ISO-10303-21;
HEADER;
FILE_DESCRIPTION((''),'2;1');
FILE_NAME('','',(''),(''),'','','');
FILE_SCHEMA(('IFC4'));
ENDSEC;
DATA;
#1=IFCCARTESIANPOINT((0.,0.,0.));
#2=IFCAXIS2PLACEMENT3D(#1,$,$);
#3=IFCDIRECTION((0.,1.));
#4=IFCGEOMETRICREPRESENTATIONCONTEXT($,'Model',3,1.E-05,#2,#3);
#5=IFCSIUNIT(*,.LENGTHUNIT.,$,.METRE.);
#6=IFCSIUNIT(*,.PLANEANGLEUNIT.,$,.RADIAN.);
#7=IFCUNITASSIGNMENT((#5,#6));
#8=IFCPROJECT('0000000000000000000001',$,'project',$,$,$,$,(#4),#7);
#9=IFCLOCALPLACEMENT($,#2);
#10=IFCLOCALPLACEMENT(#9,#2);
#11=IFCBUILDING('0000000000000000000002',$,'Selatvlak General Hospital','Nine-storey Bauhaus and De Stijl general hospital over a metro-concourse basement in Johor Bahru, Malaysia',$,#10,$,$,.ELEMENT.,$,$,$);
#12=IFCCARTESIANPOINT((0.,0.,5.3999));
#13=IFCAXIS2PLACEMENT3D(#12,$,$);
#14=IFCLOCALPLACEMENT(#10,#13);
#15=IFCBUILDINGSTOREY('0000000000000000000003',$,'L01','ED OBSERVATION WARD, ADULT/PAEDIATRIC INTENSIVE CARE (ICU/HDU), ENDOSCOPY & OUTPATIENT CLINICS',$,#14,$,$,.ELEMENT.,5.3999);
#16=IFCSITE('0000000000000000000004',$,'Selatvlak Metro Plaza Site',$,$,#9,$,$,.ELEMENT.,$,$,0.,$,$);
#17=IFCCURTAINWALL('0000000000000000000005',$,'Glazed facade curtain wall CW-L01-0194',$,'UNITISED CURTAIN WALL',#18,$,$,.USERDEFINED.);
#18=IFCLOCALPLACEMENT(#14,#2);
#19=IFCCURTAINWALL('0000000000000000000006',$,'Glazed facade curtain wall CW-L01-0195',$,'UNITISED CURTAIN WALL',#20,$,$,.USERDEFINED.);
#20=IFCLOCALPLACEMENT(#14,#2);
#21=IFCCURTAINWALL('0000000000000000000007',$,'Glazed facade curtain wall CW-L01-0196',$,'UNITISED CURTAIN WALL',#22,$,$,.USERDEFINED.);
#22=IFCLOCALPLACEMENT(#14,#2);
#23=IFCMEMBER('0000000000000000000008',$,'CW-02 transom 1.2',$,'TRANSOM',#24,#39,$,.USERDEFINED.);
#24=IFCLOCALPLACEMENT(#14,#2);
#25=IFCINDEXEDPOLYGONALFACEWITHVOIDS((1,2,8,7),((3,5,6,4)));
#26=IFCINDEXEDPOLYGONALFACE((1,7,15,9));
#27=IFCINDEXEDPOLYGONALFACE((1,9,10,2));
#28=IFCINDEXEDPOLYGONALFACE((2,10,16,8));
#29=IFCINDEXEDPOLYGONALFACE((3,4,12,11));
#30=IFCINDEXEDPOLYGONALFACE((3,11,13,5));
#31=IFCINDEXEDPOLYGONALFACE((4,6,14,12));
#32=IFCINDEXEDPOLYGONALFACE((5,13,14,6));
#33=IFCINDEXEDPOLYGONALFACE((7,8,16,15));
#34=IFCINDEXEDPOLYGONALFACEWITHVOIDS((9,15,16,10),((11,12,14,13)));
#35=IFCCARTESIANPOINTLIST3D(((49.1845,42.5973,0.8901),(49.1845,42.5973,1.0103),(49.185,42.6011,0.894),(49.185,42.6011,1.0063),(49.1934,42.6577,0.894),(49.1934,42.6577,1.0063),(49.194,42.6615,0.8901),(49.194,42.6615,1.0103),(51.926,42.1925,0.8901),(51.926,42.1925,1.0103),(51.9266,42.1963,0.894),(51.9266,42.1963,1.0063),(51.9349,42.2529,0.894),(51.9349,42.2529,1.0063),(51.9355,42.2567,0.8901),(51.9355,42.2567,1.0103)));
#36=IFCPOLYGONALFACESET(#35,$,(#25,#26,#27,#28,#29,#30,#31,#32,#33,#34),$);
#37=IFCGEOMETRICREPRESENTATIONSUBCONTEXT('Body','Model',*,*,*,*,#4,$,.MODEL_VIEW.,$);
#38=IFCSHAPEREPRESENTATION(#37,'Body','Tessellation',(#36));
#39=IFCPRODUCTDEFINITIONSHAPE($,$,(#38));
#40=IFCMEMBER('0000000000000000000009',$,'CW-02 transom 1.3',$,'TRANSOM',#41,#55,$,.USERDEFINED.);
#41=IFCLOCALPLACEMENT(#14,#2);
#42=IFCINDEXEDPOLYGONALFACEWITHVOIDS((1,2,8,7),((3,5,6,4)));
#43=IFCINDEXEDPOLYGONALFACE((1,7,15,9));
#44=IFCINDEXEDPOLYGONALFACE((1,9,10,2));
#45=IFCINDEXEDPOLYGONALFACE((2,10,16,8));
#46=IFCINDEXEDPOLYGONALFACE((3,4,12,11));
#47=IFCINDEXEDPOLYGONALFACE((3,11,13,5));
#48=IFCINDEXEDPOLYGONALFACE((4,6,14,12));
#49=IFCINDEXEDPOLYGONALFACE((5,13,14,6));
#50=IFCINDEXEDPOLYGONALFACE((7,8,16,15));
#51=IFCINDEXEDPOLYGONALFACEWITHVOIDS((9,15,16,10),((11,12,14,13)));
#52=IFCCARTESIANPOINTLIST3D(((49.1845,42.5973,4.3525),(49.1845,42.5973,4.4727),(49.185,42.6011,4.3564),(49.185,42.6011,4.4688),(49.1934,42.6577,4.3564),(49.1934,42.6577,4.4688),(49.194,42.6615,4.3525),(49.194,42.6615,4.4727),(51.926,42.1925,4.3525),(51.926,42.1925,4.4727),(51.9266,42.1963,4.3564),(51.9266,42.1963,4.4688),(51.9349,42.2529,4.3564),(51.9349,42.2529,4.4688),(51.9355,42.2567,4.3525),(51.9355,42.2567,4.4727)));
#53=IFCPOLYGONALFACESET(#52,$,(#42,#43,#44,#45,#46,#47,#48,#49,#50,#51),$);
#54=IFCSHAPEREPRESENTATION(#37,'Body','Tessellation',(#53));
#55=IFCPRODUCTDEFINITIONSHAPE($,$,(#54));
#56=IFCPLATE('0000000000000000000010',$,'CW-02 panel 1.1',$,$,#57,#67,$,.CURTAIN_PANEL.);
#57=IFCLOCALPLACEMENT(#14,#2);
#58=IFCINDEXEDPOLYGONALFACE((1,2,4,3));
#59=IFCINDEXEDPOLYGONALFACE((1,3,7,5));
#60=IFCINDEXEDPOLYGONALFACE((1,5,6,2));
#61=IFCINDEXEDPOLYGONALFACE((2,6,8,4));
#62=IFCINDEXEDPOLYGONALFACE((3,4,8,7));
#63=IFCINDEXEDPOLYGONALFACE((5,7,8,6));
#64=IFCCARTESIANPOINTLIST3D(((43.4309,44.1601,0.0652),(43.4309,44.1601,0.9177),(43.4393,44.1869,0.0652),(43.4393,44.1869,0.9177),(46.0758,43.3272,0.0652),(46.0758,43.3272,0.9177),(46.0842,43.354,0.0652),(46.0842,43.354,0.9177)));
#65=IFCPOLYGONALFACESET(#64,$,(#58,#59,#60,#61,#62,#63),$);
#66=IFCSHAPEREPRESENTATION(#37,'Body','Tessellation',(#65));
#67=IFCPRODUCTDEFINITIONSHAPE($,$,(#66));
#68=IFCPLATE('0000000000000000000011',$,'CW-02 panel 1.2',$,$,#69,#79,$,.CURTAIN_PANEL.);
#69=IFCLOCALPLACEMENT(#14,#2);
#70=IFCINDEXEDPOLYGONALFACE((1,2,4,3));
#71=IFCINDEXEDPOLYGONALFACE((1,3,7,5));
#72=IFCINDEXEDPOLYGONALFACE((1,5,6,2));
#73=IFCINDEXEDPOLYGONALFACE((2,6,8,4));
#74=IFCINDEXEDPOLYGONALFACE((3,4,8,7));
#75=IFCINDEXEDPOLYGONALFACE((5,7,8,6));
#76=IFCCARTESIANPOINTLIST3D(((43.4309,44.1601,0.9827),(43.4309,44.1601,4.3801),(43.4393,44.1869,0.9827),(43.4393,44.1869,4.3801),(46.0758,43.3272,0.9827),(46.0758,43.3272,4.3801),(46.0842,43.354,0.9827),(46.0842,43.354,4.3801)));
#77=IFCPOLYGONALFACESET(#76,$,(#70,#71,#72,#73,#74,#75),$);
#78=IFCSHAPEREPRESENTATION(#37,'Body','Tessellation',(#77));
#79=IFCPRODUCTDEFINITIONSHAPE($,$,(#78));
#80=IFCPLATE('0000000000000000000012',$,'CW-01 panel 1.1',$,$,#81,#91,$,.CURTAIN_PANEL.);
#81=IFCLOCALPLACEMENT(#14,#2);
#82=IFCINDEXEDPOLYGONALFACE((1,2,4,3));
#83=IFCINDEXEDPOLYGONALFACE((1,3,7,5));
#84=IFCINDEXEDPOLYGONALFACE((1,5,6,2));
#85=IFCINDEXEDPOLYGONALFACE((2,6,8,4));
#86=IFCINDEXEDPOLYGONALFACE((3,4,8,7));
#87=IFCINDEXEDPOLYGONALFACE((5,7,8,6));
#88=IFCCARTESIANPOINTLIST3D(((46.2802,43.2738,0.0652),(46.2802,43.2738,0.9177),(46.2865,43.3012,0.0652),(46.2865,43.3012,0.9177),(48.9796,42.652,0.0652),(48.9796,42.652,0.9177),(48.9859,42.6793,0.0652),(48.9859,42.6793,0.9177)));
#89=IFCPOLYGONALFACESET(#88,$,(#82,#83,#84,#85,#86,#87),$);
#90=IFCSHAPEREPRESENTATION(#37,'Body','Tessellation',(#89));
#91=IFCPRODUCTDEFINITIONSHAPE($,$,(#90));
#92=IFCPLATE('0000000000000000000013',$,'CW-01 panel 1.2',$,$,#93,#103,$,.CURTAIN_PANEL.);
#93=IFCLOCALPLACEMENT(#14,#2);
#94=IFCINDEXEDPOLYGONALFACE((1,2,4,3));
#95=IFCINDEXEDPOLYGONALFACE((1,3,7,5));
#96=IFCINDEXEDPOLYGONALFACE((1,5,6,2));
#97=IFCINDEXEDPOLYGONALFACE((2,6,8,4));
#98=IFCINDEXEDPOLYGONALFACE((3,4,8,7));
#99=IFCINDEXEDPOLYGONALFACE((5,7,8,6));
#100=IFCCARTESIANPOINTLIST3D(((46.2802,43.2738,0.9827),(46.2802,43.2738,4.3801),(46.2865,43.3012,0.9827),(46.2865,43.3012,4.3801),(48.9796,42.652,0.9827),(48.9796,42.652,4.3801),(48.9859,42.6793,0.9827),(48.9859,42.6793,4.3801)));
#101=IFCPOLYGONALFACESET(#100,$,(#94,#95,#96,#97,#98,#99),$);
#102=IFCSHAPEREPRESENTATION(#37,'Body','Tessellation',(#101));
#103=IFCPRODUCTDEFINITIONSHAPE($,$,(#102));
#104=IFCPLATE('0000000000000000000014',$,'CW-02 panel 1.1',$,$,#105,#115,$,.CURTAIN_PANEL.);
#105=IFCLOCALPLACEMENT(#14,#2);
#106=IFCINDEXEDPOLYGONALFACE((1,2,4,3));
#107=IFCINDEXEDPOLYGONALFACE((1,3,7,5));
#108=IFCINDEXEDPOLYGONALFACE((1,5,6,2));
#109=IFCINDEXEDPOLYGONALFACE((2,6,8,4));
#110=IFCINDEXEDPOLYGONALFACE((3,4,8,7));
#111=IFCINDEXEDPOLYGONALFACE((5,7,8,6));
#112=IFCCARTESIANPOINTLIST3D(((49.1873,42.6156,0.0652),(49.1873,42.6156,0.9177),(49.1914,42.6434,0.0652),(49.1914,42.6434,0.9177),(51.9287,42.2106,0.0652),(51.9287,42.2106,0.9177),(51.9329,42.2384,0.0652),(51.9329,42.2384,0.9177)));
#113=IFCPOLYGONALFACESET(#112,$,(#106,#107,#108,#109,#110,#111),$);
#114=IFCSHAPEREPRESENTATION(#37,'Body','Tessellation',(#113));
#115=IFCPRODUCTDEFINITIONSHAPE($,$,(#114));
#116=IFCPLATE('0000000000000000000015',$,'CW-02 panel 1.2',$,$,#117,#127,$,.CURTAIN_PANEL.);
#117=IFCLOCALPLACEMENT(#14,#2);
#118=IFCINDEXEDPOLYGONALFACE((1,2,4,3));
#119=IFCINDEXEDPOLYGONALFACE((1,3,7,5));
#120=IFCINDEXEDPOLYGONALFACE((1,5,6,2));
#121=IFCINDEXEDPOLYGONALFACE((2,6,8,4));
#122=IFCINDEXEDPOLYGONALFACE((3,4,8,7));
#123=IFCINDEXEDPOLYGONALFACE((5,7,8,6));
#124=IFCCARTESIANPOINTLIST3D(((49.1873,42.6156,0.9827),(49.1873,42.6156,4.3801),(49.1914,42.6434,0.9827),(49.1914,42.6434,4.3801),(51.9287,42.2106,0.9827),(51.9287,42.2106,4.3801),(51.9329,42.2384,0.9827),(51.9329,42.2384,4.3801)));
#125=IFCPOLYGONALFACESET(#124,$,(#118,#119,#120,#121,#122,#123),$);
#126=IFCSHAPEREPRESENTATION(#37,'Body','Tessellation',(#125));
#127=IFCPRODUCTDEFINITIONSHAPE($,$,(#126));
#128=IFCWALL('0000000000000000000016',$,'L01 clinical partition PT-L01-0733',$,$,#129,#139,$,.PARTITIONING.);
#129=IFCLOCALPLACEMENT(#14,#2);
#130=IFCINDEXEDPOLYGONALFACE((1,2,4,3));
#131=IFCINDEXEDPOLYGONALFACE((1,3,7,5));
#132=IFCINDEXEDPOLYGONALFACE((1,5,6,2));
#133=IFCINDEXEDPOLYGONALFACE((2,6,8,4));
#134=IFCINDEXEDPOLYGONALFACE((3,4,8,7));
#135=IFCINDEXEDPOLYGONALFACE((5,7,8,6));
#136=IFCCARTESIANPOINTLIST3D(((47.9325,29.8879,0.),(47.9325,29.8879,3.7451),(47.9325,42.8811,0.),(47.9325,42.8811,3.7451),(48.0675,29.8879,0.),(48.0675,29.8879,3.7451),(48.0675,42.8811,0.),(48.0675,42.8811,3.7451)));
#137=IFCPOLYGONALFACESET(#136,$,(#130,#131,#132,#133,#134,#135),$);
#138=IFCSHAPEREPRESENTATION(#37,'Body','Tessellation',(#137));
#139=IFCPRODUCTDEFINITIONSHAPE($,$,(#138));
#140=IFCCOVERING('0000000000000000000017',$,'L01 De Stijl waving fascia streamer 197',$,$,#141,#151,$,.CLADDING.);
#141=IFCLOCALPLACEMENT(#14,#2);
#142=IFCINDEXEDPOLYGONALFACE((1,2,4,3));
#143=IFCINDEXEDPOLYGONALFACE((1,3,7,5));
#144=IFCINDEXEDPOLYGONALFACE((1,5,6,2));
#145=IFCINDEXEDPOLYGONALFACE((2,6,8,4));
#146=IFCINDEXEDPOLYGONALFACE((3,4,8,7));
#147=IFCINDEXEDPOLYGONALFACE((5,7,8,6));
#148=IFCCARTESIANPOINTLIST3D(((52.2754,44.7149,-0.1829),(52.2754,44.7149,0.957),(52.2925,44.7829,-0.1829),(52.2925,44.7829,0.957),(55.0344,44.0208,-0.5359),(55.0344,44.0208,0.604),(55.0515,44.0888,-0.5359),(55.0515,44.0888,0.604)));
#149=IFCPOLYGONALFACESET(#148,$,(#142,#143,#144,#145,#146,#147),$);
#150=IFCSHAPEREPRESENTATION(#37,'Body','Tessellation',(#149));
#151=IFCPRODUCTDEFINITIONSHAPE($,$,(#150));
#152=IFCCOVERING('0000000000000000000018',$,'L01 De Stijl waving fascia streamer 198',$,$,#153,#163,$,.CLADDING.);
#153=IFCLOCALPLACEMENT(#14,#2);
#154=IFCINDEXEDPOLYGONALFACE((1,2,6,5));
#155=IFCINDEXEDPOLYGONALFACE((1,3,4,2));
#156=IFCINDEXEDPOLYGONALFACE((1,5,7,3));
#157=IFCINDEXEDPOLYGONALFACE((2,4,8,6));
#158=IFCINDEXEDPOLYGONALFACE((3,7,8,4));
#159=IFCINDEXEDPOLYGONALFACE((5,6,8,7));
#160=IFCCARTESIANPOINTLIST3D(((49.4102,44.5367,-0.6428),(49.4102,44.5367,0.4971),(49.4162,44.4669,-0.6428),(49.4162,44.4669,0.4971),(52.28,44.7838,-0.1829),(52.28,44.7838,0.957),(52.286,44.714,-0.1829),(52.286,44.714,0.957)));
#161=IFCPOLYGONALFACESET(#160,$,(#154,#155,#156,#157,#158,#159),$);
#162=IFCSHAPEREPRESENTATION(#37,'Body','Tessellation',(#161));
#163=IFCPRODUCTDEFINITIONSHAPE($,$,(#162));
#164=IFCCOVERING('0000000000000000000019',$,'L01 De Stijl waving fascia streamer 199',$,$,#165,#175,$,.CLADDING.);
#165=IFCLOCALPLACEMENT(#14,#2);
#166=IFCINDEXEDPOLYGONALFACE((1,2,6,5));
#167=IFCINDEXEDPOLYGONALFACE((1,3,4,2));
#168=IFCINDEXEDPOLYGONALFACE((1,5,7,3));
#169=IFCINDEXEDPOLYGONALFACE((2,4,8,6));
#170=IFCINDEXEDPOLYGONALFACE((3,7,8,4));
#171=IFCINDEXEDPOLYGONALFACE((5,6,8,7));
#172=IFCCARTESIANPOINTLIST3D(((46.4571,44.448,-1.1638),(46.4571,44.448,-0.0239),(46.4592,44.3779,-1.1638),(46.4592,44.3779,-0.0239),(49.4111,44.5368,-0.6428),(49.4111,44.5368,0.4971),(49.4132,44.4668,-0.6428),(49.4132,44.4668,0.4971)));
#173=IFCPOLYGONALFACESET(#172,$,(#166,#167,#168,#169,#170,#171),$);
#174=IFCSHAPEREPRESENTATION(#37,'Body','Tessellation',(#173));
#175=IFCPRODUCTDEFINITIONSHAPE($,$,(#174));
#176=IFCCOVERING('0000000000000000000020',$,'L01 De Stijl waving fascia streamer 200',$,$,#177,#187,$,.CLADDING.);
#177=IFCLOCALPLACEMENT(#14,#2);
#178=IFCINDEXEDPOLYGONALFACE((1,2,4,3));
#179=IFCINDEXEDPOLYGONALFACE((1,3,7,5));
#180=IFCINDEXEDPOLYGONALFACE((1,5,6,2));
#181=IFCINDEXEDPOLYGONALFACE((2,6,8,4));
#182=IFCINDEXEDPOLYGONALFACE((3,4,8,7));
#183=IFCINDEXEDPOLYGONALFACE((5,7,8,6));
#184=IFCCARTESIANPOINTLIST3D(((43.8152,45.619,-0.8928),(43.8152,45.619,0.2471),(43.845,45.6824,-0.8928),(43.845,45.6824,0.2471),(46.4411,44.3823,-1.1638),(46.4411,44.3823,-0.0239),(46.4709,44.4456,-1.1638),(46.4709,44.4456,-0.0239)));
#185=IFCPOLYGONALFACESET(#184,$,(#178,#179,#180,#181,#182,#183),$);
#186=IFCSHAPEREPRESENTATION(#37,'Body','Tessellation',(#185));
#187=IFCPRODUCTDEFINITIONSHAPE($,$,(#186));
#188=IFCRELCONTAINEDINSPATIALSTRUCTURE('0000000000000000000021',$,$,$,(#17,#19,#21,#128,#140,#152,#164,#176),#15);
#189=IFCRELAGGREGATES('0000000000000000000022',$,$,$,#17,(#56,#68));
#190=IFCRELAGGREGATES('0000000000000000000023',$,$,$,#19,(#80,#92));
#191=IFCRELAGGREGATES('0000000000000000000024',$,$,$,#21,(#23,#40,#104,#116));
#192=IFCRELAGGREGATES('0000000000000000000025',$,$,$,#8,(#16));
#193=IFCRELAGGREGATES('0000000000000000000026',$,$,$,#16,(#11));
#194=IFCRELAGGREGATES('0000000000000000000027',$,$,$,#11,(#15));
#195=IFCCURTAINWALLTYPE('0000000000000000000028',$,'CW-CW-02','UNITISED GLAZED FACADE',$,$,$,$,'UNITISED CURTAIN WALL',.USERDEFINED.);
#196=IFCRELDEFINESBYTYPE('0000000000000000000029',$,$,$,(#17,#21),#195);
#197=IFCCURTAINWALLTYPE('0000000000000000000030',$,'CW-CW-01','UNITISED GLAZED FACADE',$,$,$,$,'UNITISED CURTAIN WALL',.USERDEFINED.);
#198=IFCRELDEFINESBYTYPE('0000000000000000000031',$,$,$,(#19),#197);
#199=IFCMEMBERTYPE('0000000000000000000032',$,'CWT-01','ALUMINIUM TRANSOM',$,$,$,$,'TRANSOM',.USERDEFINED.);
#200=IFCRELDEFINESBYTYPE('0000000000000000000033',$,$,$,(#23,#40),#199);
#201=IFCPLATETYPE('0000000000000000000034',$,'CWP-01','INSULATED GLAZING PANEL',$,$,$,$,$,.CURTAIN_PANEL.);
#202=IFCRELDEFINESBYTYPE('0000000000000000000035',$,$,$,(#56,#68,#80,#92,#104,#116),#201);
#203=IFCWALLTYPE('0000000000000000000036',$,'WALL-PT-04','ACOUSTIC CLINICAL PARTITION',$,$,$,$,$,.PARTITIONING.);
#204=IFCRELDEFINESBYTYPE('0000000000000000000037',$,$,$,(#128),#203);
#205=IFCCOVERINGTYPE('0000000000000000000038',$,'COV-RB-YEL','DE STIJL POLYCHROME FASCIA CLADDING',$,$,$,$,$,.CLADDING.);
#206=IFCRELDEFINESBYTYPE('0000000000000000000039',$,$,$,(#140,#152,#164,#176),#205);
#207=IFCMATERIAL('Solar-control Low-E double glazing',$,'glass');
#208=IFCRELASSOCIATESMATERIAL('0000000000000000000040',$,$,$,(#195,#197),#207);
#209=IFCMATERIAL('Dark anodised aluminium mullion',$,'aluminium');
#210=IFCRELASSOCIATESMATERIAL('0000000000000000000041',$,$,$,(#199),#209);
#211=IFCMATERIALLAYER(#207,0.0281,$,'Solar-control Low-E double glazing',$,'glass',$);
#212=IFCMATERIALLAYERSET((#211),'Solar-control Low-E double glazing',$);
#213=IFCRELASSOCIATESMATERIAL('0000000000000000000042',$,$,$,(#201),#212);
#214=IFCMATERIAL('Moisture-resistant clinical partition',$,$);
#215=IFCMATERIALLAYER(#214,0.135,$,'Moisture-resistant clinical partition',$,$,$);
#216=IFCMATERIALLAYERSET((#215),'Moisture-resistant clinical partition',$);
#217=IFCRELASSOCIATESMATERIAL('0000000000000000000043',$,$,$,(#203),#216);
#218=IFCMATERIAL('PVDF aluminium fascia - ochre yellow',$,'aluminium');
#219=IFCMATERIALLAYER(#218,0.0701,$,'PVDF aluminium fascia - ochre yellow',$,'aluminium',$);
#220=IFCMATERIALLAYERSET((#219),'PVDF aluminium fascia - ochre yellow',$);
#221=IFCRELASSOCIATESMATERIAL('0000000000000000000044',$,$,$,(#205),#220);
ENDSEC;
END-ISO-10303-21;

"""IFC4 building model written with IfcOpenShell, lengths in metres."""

from ifc_helpers import new_model, si_unit, direction, frame, frame_2d, origin, origin_2d, place, context, subcontext, project, spatial, polyline, rectangle, hollow_rectangle, outline, extrude, material, layer, layer_set, material_profile, profile_set, type_object, element, aggregate, save


model = new_model("IFC4")

# Units and contexts
model_context = context("Model", 3, precision=1e-05, world=origin(), true_north=direction((0.0, 1.0)))
body_context = subcontext(model_context, "Body", "Model", "MODEL_VIEW")
ifc_project = project(units=[si_unit("LENGTHUNIT", "METRE"), si_unit("PLANEANGLEUNIT", "RADIAN")], contexts=[model_context])

# Site, building, storey
site_placement = place(None, origin())
site = spatial("IfcSite", under=ifc_project, at=site_placement, Name="Selatvlak Metro Plaza Site", CompositionType="ELEMENT", RefElevation=0.0)
building_placement = place(site_placement, origin())
building = spatial("IfcBuilding", under=site, at=building_placement, Name="Selatvlak General Hospital", Description="Nine-storey Bauhaus and De Stijl general hospital over a metro-concourse basement in Johor Bahru, Malaysia", CompositionType="ELEMENT")
storey_placement = place(building_placement, frame((0.0, 0.0, 5.3999)))
storey = spatial("IfcBuildingStorey", under=building, at=storey_placement, Name="L01", Description="ED OBSERVATION WARD, ADULT/PAEDIATRIC INTENSIVE CARE (ICU/HDU), ENDOSCOPY & OUTPATIENT CLINICS", CompositionType="ELEMENT", Elevation=5.3999)

# Curtain wall
ifc_material_1 = material(Name="Solar-control Low-E double glazing", Category="glass")
curtain_wall_type_1 = type_object("IfcCurtainWallType", Name="CW-CW-02", Description="UNITISED GLAZED FACADE", ElementType="UNITISED CURTAIN WALL", PredefinedType="USERDEFINED", material=ifc_material_1)
curtain_wall_1_placement = place(storey_placement, origin())
curtain_wall_1 = element("IfcCurtainWall", 1, at=curtain_wall_1_placement, inside=storey, type_object=curtain_wall_type_1, Name="Glazed facade curtain wall CW-L01-0194", ObjectType="UNITISED CURTAIN WALL", PredefinedType="USERDEFINED")
ifc_material_2 = material(Name="Dark anodised aluminium mullion", Category="aluminium")

# Curtain wall
curtain_wall_type_2 = type_object("IfcCurtainWallType", Name="CW-CW-01", Description="UNITISED GLAZED FACADE", ElementType="UNITISED CURTAIN WALL", PredefinedType="USERDEFINED", material=ifc_material_1)
curtain_wall_2_placement = place(storey_placement, origin())
curtain_wall_2 = element("IfcCurtainWall", 2, at=curtain_wall_2_placement, inside=storey, type_object=curtain_wall_type_2, Name="Glazed facade curtain wall CW-L01-0195", ObjectType="UNITISED CURTAIN WALL", PredefinedType="USERDEFINED")

# Curtain wall
curtain_wall_3_placement = place(storey_placement, origin())
curtain_wall_3 = element("IfcCurtainWall", 3, at=curtain_wall_3_placement, inside=storey, type_object=curtain_wall_type_1, Name="Glazed facade curtain wall CW-L01-0196", ObjectType="UNITISED CURTAIN WALL", PredefinedType="USERDEFINED")

# Members
ifc_material_profile_1 = material_profile(ifc_material_2, hollow_rectangle(XDim=0.0649, YDim=0.1201, WallThickness=0.0039, at=origin_2d()), Name="AL-TRN 65x120x4")
ifc_profile_set_1 = profile_set([ifc_material_profile_1], Name="Dark anodised aluminium mullion")
member_type_1 = type_object("IfcMemberType", Name="CWT-01", Description="ALUMINIUM TRANSOM", ElementType="TRANSOM", PredefinedType="USERDEFINED", material=ifc_profile_set_1)
member_1_placement = place(storey_placement, frame((49.1892, 42.6294, 0.9502), z_axis=(0.989274, -0.14607, 0.0), x_axis=(0.14607, 0.989274, 0.0)))
member_1 = element("IfcMember", 4, at=member_1_placement, type_object=member_type_1, Name="CW-02 transom 1.2", ObjectType="TRANSOM", PredefinedType="USERDEFINED", context=body_context, shape_type="SweptSolid", body=[
    extrude(hollow_rectangle(XDim=0.0649, YDim=0.1201, WallThickness=0.0039, at=origin_2d()), origin(), (0.0, 0.0, 1.0), 2.7712),
])
member_2_placement = place(storey_placement, frame((49.1892, 42.6294, 4.4126), z_axis=(0.989274, -0.14607, 0.0), x_axis=(0.14607, 0.989274, 0.0)))
member_2 = element("IfcMember", 5, at=member_2_placement, type_object=member_type_1, Name="CW-02 transom 1.3", ObjectType="TRANSOM", PredefinedType="USERDEFINED", context=body_context, shape_type="SweptSolid", body=[
    extrude(hollow_rectangle(XDim=0.0649, YDim=0.1201, WallThickness=0.0039, at=origin_2d()), origin(), (0.0, 0.0, 1.0), 2.7712),
])

# Plates
ifc_layer_1 = layer(ifc_material_1, 0.0281, Name="Solar-control Low-E double glazing", Category="glass")
ifc_layer_set_1 = layer_set([ifc_layer_1], Name="Solar-control Low-E double glazing")
plate_type = type_object("IfcPlateType", Name="CWP-01", Description="INSULATED GLAZING PANEL", PredefinedType="CURTAIN_PANEL", material=ifc_layer_set_1)
plate_1_placement = place(storey_placement, frame((44.7576, 43.7571, 0.0652), z_axis=(0.0, 0.0, 1.0), x_axis=(0.953822, -0.300373, 0.0)))
plate_1 = element("IfcPlate", 6, at=plate_1_placement, type_object=plate_type, Name="CW-02 panel 1.1", PredefinedType="CURTAIN_PANEL", context=body_context, shape_type="SweptSolid", body=[
    extrude(rectangle(XDim=2.7729, YDim=0.0281, at=origin_2d()), origin(), (0.0, 0.0, 1.0), 0.8525),
])
plate_2_placement = place(storey_placement, frame((44.7576, 43.7571, 0.9827), z_axis=(0.0, 0.0, 1.0), x_axis=(0.953822, -0.300373, 0.0)))
plate_2 = element("IfcPlate", 7, at=plate_2_placement, type_object=plate_type, Name="CW-02 panel 1.2", PredefinedType="CURTAIN_PANEL", context=body_context, shape_type="SweptSolid", body=[
    extrude(rectangle(XDim=2.7729, YDim=0.0281, at=origin_2d()), origin(), (0.0, 0.0, 1.0), 3.3975),
])
aggregate(curtain_wall_1, [plate_1, plate_2])
plate_3_placement = place(storey_placement, frame((47.6331, 42.9766, 0.0652), z_axis=(0.0, 0.0, 1.0), x_axis=(0.974478, -0.224482, 0.0)))
plate_3 = element("IfcPlate", 8, at=plate_3_placement, type_object=plate_type, Name="CW-01 panel 1.1", PredefinedType="CURTAIN_PANEL", context=body_context, shape_type="SweptSolid", body=[
    extrude(rectangle(XDim=2.77, YDim=0.0281, at=origin_2d()), origin(), (0.0, 0.0, 1.0), 0.8525),
])
plate_4_placement = place(storey_placement, frame((47.6331, 42.9766, 0.9827), z_axis=(0.0, 0.0, 1.0), x_axis=(0.974478, -0.224482, 0.0)))
plate_4 = element("IfcPlate", 9, at=plate_4_placement, type_object=plate_type, Name="CW-01 panel 1.2", PredefinedType="CURTAIN_PANEL", context=body_context, shape_type="SweptSolid", body=[
    extrude(rectangle(XDim=2.77, YDim=0.0281, at=origin_2d()), origin(), (0.0, 0.0, 1.0), 3.3975),
])
aggregate(curtain_wall_2, [plate_3, plate_4])
plate_5_placement = place(storey_placement, frame((50.5601, 42.427, 0.0652), z_axis=(0.0, 0.0, 1.0), x_axis=(0.989263, -0.146149, 0.0)))
plate_5 = element("IfcPlate", 10, at=plate_5_placement, type_object=plate_type, Name="CW-02 panel 1.1", PredefinedType="CURTAIN_PANEL", context=body_context, shape_type="SweptSolid", body=[
    extrude(rectangle(XDim=2.7712, YDim=0.0281, at=origin_2d()), origin(), (0.0, 0.0, 1.0), 0.8525),
])
plate_6_placement = place(storey_placement, frame((50.5601, 42.427, 0.9827), z_axis=(0.0, 0.0, 1.0), x_axis=(0.989263, -0.146149, 0.0)))
plate_6 = element("IfcPlate", 11, at=plate_6_placement, type_object=plate_type, Name="CW-02 panel 1.2", PredefinedType="CURTAIN_PANEL", context=body_context, shape_type="SweptSolid", body=[
    extrude(rectangle(XDim=2.7712, YDim=0.0281, at=origin_2d()), origin(), (0.0, 0.0, 1.0), 3.3975),
])
aggregate(curtain_wall_3, [member_1, member_2, plate_5, plate_6])

# Wall
ifc_material_3 = material(Name="Moisture-resistant clinical partition")
ifc_layer_2 = layer(ifc_material_3, 0.135, Name="Moisture-resistant clinical partition")
ifc_layer_set_2 = layer_set([ifc_layer_2], Name="Moisture-resistant clinical partition")
wall_type = type_object("IfcWallType", Name="WALL-PT-04", Description="ACOUSTIC CLINICAL PARTITION", PredefinedType="PARTITIONING", material=ifc_layer_set_2)
wall_placement = place(storey_placement, frame((48.0, 42.8811, 0.0), z_axis=(0.0, 0.0, 1.0), x_axis=(0.0, -1.0, 0.0)))
element("IfcWall", 12, at=wall_placement, inside=storey, type_object=wall_type, Name="L01 clinical partition PT-L01-0733", PredefinedType="PARTITIONING", context=body_context, shape_type="SweptSolid", body=[
    extrude(rectangle(XDim=12.9932, YDim=0.135, at=frame_2d((6.4966, 0.0))), origin(), (0.0, 0.0, 1.0), 3.7451),
])

# Coverings
ifc_material_4 = material(Name="PVDF aluminium fascia - ochre yellow", Category="aluminium")
ifc_layer_3 = layer(ifc_material_4, 0.0701, Name="PVDF aluminium fascia - ochre yellow", Category="aluminium")
ifc_layer_set_3 = layer_set([ifc_layer_3], Name="PVDF aluminium fascia - ochre yellow")
covering_type = type_object("IfcCoveringType", Name="COV-RB-YEL", Description="DE STIJL POLYCHROME FASCIA CLADDING", PredefinedType="CLADDING", material=ifc_layer_set_3)
covering_1_placement = place(storey_placement, frame((55.043, 44.0549, -0.5359), z_axis=(0.0, 0.0, 1.0), x_axis=(-0.969783, 0.243969, 0.0)))
element("IfcCovering", 13, at=covering_1_placement, inside=storey, type_object=covering_type, Name="L01 De Stijl waving fascia streamer 197", PredefinedType="CLADDING", context=body_context, shape_type="SweptSolid", body=[
    extrude(outline(polyline([(0.0, 0.0), (2.845, 0.353), (2.845, 1.4929), (0.0, 1.1399), (0.0, 0.0)])), frame((0.0, 0.0352, 0.0), z_axis=(0.0, -1.0, 0.0), x_axis=(1.0, 0.0, 0.0)), (0.0, 0.0, 1.0), 0.0701),
])
covering_2_placement = place(storey_placement, frame((52.283, 44.749, -0.1829), z_axis=(0.0, 0.0, 1.0), x_axis=(-0.996315, -0.085774, 0.0)))
element("IfcCovering", 14, at=covering_2_placement, inside=storey, type_object=covering_type, Name="L01 De Stijl waving fascia streamer 198", PredefinedType="CLADDING", context=body_context, shape_type="SweptSolid", body=[
    extrude(outline(polyline([(0.0, 0.0), (2.8804, -0.46), (2.8804, 0.6799), (0.0, 1.1399), (0.0, 0.0)])), frame((0.0, 0.0352, 0.0), z_axis=(0.0, -1.0, 0.0), x_axis=(1.0, 0.0, 0.0)), (0.0, 0.0, 1.0), 0.0701),
])
covering_3_placement = place(storey_placement, frame((49.4121, 44.502, -0.6428), z_axis=(0.0, 0.0, 1.0), x_axis=(-0.999548, -0.030069, 0.0)))
element("IfcCovering", 15, at=covering_3_placement, inside=storey, type_object=covering_type, Name="L01 De Stijl waving fascia streamer 199", PredefinedType="CLADDING", context=body_context, shape_type="SweptSolid", body=[
    extrude(outline(polyline([(0.0, 0.0), (2.9553, -0.521), (2.9553, 0.6189), (0.0, 1.1399), (0.0, 0.0)])), frame((0.0, 0.0352, 0.0), z_axis=(0.0, -1.0, 0.0), x_axis=(1.0, 0.0, 0.0)), (0.0, 0.0, 1.0), 0.0701),
])
covering_4_placement = place(storey_placement, frame((46.4561, 44.4141, -1.1638), z_axis=(0.0, 0.0, 1.0), x_axis=(-0.904678, 0.426097, 0.0)))
element("IfcCovering", 16, at=covering_4_placement, inside=storey, type_object=covering_type, Name="L01 De Stijl waving fascia streamer 200", PredefinedType="CLADDING", context=body_context, shape_type="SweptSolid", body=[
    extrude(outline(polyline([(0.0, 0.0), (2.9026, 0.271), (2.9026, 1.4109), (0.0, 1.1399), (0.0, 0.0)])), frame((0.0, 0.0352, 0.0), z_axis=(0.0, -1.0, 0.0), x_axis=(1.0, 0.0, 0.0)), (0.0, 0.0, 1.0), 0.0701),
])

save(model, "model.ifc")
